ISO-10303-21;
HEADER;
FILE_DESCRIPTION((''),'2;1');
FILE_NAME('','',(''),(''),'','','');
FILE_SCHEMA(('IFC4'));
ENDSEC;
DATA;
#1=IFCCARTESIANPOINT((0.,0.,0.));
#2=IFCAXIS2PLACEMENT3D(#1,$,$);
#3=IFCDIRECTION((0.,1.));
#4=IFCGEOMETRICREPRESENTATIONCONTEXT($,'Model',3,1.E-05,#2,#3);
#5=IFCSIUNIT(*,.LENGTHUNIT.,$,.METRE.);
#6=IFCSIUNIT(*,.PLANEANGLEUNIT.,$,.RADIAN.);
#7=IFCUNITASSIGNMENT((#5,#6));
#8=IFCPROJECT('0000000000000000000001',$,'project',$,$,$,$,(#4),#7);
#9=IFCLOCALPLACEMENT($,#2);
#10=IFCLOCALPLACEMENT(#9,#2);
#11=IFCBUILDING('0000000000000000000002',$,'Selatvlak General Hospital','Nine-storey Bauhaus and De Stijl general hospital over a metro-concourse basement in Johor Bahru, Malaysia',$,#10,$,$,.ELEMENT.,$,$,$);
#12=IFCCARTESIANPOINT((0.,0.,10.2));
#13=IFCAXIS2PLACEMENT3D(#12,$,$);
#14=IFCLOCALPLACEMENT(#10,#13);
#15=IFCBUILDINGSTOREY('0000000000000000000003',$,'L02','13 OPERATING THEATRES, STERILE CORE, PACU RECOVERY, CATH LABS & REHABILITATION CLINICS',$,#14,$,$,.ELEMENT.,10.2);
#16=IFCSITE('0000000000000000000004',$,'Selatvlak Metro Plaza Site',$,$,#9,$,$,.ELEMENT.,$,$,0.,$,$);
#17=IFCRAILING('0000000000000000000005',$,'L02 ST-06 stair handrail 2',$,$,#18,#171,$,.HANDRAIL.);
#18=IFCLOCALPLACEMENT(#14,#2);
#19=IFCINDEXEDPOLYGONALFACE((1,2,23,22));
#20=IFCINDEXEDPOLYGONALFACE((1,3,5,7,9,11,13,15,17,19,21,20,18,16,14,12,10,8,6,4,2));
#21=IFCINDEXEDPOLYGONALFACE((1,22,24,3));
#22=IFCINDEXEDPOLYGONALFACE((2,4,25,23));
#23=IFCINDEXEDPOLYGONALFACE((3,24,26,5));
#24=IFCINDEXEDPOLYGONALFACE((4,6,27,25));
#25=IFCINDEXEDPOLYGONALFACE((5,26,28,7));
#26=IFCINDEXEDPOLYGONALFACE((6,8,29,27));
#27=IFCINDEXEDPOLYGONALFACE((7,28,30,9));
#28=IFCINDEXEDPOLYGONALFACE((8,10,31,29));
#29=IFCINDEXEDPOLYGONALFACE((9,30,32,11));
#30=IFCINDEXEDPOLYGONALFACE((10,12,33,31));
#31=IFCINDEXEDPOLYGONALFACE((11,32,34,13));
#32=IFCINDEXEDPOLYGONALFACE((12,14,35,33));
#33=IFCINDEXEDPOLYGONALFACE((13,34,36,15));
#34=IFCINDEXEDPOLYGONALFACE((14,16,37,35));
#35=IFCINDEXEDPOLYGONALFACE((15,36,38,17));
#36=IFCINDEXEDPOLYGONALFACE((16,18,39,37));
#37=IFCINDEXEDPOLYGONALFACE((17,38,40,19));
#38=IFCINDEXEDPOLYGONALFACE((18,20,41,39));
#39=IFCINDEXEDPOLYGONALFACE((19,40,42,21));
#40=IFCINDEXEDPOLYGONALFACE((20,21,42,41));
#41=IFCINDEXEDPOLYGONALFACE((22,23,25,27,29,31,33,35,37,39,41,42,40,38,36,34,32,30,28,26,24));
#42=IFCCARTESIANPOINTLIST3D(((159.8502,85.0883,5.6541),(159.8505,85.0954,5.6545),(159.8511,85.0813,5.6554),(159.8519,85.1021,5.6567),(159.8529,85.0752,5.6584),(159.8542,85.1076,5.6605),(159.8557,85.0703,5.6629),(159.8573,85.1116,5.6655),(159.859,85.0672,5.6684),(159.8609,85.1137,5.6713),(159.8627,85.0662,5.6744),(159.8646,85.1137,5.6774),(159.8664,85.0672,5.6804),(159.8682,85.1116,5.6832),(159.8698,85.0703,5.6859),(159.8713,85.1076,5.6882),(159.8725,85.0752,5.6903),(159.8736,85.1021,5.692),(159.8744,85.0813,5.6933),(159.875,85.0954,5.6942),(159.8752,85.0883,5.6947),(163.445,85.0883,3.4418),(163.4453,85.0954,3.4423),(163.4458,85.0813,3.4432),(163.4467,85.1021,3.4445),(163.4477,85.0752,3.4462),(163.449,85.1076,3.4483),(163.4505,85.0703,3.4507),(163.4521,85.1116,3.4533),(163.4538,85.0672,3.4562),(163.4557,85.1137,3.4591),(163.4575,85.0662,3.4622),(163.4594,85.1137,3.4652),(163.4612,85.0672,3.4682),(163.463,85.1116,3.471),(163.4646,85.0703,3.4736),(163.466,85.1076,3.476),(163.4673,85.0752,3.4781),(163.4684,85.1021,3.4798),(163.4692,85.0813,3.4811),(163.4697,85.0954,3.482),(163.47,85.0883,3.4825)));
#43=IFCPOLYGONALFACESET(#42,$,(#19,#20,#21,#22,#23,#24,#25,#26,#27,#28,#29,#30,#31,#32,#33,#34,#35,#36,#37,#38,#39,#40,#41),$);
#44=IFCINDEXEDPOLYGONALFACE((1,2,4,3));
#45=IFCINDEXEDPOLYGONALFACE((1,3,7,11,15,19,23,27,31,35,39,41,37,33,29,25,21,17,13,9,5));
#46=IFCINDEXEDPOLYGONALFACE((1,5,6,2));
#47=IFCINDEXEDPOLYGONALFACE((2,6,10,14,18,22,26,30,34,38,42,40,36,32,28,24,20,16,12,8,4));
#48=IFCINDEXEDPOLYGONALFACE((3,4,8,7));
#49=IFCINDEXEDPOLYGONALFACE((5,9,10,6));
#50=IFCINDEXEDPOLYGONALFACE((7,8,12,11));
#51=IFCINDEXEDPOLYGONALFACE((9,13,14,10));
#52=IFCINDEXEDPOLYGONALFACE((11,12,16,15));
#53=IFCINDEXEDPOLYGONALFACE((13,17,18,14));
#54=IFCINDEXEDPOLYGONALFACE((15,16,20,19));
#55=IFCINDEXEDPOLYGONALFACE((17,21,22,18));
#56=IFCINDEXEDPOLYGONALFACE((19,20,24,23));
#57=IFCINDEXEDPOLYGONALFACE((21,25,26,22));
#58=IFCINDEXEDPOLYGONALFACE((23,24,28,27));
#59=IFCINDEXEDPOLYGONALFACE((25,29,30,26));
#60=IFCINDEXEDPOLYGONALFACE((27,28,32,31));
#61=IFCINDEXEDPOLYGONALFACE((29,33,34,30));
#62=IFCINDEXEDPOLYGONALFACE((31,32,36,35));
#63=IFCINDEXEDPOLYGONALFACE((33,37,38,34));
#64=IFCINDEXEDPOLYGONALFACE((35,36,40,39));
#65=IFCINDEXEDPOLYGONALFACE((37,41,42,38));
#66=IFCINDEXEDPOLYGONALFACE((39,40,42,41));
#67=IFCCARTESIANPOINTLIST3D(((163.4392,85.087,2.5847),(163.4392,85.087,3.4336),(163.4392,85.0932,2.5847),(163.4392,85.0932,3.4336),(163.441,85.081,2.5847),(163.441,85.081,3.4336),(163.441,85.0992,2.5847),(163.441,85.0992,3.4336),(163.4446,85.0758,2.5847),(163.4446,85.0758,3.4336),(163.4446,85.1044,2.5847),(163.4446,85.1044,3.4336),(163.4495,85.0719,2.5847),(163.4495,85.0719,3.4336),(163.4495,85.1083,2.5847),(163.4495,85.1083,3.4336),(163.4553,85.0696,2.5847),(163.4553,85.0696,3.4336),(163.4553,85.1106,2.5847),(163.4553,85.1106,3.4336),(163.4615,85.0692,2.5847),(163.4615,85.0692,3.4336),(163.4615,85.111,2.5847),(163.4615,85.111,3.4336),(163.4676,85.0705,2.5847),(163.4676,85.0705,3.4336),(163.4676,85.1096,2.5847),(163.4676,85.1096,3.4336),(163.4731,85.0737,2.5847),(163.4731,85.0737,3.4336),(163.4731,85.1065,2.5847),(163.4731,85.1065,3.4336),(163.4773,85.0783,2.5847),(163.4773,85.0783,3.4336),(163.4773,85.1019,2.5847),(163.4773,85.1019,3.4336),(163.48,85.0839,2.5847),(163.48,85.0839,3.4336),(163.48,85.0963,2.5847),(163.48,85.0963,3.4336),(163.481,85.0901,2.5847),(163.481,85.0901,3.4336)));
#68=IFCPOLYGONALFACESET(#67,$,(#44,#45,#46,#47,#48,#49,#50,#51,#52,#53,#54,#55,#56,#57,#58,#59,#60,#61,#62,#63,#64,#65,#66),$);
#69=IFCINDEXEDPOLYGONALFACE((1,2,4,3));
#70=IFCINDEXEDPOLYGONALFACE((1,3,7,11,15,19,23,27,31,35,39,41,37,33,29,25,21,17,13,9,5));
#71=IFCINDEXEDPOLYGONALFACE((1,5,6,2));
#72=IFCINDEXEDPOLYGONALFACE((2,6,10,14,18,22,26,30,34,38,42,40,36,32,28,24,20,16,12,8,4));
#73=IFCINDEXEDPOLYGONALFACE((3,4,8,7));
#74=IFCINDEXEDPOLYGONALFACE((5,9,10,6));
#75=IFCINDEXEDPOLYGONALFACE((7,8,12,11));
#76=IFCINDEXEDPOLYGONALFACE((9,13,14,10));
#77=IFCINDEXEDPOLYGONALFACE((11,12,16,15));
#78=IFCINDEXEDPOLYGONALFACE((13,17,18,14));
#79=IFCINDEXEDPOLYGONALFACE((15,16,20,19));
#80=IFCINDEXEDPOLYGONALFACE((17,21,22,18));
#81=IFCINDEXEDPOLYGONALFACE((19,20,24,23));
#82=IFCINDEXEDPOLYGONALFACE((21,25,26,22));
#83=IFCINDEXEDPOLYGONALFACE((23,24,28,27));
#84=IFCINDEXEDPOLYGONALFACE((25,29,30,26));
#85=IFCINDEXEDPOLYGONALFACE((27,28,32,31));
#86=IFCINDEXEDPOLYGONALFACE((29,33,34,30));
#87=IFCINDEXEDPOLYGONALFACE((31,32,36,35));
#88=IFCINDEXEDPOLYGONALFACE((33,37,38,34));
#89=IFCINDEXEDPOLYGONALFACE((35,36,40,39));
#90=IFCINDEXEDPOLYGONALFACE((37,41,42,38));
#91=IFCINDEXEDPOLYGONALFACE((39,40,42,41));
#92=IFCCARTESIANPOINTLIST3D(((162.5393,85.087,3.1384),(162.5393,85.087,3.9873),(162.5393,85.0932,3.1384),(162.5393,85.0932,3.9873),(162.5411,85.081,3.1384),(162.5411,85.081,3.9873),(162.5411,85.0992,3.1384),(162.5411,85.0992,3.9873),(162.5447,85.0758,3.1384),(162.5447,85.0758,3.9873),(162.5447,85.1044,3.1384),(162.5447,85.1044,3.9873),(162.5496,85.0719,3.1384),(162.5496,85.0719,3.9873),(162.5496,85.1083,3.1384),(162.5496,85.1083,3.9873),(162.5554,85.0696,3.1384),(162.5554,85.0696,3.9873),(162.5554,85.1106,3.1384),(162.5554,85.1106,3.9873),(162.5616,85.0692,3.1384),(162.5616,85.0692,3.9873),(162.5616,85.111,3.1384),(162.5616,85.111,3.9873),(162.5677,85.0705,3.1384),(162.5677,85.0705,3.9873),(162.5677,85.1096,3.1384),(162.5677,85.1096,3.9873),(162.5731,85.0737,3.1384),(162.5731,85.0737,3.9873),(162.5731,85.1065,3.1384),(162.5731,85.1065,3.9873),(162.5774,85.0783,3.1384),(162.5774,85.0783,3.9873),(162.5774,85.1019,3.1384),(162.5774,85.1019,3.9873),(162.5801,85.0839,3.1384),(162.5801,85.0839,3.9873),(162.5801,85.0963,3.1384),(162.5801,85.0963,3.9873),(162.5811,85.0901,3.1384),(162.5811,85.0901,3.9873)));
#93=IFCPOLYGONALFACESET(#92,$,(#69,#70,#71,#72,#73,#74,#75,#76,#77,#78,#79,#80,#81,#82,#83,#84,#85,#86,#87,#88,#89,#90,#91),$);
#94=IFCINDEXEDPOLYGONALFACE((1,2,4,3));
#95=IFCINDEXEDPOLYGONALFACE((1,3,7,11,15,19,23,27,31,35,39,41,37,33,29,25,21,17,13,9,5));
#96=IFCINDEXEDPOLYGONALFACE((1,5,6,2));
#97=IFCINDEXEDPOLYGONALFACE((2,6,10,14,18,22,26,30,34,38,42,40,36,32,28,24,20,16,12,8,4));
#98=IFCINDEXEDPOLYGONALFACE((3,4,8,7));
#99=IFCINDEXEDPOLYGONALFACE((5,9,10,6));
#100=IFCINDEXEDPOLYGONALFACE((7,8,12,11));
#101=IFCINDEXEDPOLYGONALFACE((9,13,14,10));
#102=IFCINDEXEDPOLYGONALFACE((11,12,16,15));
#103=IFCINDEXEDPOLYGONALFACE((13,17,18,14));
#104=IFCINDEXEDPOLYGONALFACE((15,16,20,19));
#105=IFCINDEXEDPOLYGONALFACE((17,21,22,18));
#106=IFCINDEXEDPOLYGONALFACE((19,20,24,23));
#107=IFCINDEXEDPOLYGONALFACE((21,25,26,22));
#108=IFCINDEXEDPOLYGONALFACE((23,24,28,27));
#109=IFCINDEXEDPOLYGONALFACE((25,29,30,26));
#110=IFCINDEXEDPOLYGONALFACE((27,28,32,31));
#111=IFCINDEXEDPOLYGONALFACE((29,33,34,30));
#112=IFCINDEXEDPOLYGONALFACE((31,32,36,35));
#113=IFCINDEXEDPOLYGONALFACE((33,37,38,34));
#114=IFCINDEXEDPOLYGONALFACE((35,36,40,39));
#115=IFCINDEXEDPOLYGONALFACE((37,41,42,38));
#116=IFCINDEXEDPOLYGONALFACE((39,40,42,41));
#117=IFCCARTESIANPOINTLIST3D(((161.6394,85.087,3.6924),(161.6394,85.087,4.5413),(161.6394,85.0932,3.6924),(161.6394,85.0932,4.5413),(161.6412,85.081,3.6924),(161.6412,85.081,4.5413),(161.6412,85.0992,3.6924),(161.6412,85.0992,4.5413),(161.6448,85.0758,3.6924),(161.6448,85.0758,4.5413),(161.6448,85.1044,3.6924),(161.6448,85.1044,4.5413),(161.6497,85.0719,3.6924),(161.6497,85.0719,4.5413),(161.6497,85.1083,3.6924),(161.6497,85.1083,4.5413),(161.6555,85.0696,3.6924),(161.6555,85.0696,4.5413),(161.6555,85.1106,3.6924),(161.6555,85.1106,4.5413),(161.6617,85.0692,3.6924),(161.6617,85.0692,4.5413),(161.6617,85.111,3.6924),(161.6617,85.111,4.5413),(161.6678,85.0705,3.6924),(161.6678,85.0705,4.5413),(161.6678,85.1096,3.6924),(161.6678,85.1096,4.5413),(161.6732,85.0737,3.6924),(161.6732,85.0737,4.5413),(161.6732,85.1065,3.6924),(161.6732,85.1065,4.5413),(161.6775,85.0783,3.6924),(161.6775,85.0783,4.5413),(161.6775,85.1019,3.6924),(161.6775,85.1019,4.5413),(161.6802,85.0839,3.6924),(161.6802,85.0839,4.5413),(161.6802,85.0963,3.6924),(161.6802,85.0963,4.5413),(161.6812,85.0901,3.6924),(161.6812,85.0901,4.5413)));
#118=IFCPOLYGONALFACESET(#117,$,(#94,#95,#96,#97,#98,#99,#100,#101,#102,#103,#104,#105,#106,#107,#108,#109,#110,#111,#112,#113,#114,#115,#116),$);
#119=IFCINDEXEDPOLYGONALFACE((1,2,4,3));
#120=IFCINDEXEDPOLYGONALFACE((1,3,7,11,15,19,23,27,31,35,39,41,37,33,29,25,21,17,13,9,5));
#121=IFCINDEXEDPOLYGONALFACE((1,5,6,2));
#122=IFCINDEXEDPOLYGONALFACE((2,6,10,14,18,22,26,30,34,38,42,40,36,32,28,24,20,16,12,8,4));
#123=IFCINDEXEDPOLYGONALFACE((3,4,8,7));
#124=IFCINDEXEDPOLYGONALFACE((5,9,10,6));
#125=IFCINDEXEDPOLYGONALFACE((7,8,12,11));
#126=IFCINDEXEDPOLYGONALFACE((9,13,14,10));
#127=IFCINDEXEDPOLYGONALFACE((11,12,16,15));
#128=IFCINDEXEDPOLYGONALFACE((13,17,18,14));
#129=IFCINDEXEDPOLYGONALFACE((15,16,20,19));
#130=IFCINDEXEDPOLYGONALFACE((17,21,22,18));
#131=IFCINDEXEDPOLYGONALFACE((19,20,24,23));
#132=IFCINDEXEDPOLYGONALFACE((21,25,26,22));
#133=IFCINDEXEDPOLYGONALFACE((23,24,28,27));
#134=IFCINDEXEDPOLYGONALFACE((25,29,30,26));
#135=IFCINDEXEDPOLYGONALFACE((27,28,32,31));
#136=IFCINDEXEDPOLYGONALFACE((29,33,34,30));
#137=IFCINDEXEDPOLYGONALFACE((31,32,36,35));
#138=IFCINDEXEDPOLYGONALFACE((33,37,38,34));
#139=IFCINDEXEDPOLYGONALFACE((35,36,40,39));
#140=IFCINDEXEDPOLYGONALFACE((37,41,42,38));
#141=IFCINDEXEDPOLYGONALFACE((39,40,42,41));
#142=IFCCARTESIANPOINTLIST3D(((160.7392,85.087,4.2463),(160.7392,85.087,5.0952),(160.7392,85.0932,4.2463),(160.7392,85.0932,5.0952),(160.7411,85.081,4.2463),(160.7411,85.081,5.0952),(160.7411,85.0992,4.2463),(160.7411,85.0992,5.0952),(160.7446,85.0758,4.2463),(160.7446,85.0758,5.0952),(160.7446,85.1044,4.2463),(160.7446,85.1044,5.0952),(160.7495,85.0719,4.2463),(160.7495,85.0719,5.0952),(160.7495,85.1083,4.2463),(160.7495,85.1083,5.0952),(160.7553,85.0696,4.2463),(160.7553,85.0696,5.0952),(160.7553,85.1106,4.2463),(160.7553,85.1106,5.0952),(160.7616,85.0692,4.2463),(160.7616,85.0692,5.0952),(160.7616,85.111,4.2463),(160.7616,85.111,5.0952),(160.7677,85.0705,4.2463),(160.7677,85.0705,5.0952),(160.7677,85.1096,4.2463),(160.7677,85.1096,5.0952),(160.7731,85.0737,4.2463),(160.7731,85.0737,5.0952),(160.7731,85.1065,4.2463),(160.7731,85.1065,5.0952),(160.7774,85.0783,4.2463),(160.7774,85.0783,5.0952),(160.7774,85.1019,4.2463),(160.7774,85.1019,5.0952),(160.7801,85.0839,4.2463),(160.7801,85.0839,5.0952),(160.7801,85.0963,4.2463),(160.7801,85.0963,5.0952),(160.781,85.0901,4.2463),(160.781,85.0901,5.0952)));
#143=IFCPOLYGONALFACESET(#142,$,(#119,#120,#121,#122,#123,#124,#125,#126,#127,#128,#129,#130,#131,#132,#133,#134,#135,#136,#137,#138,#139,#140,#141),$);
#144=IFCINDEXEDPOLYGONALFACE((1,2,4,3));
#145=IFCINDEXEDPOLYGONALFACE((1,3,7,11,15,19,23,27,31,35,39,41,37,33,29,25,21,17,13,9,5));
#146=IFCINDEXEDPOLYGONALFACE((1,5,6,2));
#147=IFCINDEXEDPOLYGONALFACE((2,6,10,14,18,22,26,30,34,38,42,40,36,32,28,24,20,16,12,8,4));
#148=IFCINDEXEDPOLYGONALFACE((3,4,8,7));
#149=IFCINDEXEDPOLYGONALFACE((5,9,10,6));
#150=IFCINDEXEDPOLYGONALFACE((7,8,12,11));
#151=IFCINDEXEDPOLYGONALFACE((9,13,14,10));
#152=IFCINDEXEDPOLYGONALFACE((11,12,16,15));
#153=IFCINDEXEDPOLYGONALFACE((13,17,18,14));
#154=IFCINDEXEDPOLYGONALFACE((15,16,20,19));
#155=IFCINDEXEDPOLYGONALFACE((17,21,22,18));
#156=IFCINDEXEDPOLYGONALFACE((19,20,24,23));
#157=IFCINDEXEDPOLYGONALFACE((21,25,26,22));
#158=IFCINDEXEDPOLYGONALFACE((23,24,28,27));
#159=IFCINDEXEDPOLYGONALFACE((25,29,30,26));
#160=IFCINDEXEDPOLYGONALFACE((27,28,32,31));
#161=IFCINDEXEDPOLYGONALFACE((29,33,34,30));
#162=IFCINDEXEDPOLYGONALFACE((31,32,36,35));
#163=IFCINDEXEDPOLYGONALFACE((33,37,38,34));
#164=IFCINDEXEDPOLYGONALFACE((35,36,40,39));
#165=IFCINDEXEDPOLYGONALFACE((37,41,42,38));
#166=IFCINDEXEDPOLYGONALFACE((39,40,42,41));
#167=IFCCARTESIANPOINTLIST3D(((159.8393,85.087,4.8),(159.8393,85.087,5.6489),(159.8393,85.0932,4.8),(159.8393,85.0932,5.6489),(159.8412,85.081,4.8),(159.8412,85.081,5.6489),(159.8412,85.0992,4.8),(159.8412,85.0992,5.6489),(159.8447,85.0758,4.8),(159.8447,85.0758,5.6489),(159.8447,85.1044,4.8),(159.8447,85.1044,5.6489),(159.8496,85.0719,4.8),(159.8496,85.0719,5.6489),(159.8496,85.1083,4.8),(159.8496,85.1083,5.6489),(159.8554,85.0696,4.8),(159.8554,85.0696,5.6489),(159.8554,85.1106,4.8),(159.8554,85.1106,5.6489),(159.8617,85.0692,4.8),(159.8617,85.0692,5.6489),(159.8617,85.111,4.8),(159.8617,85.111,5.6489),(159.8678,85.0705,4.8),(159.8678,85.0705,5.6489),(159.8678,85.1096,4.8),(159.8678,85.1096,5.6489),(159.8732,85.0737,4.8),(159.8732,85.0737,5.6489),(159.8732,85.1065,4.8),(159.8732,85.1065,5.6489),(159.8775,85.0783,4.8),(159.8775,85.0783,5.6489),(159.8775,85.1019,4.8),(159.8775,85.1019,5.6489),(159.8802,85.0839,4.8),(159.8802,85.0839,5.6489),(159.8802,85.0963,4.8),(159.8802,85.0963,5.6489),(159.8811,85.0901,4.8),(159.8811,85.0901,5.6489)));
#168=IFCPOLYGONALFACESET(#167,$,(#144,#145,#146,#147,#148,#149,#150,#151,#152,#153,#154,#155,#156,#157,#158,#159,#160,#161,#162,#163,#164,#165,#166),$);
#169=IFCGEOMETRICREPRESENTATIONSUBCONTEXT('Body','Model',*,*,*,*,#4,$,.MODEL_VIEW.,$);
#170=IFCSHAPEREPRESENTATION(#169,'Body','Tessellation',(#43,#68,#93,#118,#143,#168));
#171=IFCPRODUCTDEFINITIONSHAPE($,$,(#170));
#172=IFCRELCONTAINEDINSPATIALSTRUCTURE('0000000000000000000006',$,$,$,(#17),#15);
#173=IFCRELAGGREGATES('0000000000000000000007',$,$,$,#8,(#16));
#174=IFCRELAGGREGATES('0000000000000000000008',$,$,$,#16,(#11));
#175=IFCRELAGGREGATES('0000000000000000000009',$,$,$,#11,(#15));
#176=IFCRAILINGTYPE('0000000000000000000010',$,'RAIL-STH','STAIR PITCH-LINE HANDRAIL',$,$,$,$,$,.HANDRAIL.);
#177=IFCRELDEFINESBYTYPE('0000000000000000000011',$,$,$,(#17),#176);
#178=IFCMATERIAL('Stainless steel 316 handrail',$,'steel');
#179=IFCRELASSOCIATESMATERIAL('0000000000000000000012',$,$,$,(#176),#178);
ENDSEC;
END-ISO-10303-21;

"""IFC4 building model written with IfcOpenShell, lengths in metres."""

from ifc_helpers import new_model, si_unit, direction, frame, origin, origin_2d, place, context, subcontext, project, spatial, circle, extrude, material, type_object, element, save


model = new_model("IFC4")

# Units and contexts
model_context = context("Model", 3, precision=1e-05, world=origin(), true_north=direction((0.0, 1.0)))
body_context = subcontext(model_context, "Body", "Model", "MODEL_VIEW")
ifc_project = project(units=[si_unit("LENGTHUNIT", "METRE"), si_unit("PLANEANGLEUNIT", "RADIAN")], contexts=[model_context])

# Site, building, storey
site_placement = place(None, origin())
site = spatial("IfcSite", under=ifc_project, at=site_placement, Name="Selatvlak Metro Plaza Site", CompositionType="ELEMENT", RefElevation=0.0)
building_placement = place(site_placement, origin())
building = spatial("IfcBuilding", under=site, at=building_placement, Name="Selatvlak General Hospital", Description="Nine-storey Bauhaus and De Stijl general hospital over a metro-concourse basement in Johor Bahru, Malaysia", CompositionType="ELEMENT")
storey_placement = place(building_placement, frame((0.0, 0.0, 10.2)))
storey = spatial("IfcBuildingStorey", under=building, at=storey_placement, Name="L02", Description="13 OPERATING THEATRES, STERILE CORE, PACU RECOVERY, CATH LABS & REHABILITATION CLINICS", CompositionType="ELEMENT", Elevation=10.2)

# Railing
ifc_material_1 = material(Name="Stainless steel 316 handrail", Category="steel")
railing_type = type_object("IfcRailingType", Name="RAIL-STH", Description="STAIR PITCH-LINE HANDRAIL", PredefinedType="HANDRAIL", material=ifc_material_1)
railing_placement = place(storey_placement, frame((163.46, 85.0901, 2.5847)))
element("IfcRailing", 1, at=railing_placement, inside=storey, type_object=railing_type, Name="L02 ST-06 stair handrail 2", PredefinedType="HANDRAIL", context=body_context, shape_type="SweptSolid", body=[
    extrude(circle(Radius=0.0239, at=origin_2d()), frame((-0.0024, 0.0, 0.8774), z_axis=(-0.851654, 0.0, 0.524104), x_axis=(0.0, -1.0, 0.0)), (0.0, 0.0, 1.0), 4.2209),
    extrude(circle(Radius=0.021, at=origin_2d()), origin(), (0.0, 0.0, 1.0), 0.8489),
    extrude(circle(Radius=0.021, at=origin_2d()), frame((-0.8999, 0.0, 0.5537)), (0.0, 0.0, 1.0), 0.8489),
    extrude(circle(Radius=0.021, at=origin_2d()), frame((-1.7998, 0.0, 1.1077)), (0.0, 0.0, 1.0), 0.8489),
    extrude(circle(Radius=0.021, at=origin_2d()), frame((-2.7, 0.0, 1.6616)), (0.0, 0.0, 1.0), 0.8489),
    extrude(circle(Radius=0.021, at=origin_2d()), frame((-3.5999, 0.0, 2.2153)), (0.0, 0.0, 1.0), 0.8489),
])

save(model, "model.ifc")
